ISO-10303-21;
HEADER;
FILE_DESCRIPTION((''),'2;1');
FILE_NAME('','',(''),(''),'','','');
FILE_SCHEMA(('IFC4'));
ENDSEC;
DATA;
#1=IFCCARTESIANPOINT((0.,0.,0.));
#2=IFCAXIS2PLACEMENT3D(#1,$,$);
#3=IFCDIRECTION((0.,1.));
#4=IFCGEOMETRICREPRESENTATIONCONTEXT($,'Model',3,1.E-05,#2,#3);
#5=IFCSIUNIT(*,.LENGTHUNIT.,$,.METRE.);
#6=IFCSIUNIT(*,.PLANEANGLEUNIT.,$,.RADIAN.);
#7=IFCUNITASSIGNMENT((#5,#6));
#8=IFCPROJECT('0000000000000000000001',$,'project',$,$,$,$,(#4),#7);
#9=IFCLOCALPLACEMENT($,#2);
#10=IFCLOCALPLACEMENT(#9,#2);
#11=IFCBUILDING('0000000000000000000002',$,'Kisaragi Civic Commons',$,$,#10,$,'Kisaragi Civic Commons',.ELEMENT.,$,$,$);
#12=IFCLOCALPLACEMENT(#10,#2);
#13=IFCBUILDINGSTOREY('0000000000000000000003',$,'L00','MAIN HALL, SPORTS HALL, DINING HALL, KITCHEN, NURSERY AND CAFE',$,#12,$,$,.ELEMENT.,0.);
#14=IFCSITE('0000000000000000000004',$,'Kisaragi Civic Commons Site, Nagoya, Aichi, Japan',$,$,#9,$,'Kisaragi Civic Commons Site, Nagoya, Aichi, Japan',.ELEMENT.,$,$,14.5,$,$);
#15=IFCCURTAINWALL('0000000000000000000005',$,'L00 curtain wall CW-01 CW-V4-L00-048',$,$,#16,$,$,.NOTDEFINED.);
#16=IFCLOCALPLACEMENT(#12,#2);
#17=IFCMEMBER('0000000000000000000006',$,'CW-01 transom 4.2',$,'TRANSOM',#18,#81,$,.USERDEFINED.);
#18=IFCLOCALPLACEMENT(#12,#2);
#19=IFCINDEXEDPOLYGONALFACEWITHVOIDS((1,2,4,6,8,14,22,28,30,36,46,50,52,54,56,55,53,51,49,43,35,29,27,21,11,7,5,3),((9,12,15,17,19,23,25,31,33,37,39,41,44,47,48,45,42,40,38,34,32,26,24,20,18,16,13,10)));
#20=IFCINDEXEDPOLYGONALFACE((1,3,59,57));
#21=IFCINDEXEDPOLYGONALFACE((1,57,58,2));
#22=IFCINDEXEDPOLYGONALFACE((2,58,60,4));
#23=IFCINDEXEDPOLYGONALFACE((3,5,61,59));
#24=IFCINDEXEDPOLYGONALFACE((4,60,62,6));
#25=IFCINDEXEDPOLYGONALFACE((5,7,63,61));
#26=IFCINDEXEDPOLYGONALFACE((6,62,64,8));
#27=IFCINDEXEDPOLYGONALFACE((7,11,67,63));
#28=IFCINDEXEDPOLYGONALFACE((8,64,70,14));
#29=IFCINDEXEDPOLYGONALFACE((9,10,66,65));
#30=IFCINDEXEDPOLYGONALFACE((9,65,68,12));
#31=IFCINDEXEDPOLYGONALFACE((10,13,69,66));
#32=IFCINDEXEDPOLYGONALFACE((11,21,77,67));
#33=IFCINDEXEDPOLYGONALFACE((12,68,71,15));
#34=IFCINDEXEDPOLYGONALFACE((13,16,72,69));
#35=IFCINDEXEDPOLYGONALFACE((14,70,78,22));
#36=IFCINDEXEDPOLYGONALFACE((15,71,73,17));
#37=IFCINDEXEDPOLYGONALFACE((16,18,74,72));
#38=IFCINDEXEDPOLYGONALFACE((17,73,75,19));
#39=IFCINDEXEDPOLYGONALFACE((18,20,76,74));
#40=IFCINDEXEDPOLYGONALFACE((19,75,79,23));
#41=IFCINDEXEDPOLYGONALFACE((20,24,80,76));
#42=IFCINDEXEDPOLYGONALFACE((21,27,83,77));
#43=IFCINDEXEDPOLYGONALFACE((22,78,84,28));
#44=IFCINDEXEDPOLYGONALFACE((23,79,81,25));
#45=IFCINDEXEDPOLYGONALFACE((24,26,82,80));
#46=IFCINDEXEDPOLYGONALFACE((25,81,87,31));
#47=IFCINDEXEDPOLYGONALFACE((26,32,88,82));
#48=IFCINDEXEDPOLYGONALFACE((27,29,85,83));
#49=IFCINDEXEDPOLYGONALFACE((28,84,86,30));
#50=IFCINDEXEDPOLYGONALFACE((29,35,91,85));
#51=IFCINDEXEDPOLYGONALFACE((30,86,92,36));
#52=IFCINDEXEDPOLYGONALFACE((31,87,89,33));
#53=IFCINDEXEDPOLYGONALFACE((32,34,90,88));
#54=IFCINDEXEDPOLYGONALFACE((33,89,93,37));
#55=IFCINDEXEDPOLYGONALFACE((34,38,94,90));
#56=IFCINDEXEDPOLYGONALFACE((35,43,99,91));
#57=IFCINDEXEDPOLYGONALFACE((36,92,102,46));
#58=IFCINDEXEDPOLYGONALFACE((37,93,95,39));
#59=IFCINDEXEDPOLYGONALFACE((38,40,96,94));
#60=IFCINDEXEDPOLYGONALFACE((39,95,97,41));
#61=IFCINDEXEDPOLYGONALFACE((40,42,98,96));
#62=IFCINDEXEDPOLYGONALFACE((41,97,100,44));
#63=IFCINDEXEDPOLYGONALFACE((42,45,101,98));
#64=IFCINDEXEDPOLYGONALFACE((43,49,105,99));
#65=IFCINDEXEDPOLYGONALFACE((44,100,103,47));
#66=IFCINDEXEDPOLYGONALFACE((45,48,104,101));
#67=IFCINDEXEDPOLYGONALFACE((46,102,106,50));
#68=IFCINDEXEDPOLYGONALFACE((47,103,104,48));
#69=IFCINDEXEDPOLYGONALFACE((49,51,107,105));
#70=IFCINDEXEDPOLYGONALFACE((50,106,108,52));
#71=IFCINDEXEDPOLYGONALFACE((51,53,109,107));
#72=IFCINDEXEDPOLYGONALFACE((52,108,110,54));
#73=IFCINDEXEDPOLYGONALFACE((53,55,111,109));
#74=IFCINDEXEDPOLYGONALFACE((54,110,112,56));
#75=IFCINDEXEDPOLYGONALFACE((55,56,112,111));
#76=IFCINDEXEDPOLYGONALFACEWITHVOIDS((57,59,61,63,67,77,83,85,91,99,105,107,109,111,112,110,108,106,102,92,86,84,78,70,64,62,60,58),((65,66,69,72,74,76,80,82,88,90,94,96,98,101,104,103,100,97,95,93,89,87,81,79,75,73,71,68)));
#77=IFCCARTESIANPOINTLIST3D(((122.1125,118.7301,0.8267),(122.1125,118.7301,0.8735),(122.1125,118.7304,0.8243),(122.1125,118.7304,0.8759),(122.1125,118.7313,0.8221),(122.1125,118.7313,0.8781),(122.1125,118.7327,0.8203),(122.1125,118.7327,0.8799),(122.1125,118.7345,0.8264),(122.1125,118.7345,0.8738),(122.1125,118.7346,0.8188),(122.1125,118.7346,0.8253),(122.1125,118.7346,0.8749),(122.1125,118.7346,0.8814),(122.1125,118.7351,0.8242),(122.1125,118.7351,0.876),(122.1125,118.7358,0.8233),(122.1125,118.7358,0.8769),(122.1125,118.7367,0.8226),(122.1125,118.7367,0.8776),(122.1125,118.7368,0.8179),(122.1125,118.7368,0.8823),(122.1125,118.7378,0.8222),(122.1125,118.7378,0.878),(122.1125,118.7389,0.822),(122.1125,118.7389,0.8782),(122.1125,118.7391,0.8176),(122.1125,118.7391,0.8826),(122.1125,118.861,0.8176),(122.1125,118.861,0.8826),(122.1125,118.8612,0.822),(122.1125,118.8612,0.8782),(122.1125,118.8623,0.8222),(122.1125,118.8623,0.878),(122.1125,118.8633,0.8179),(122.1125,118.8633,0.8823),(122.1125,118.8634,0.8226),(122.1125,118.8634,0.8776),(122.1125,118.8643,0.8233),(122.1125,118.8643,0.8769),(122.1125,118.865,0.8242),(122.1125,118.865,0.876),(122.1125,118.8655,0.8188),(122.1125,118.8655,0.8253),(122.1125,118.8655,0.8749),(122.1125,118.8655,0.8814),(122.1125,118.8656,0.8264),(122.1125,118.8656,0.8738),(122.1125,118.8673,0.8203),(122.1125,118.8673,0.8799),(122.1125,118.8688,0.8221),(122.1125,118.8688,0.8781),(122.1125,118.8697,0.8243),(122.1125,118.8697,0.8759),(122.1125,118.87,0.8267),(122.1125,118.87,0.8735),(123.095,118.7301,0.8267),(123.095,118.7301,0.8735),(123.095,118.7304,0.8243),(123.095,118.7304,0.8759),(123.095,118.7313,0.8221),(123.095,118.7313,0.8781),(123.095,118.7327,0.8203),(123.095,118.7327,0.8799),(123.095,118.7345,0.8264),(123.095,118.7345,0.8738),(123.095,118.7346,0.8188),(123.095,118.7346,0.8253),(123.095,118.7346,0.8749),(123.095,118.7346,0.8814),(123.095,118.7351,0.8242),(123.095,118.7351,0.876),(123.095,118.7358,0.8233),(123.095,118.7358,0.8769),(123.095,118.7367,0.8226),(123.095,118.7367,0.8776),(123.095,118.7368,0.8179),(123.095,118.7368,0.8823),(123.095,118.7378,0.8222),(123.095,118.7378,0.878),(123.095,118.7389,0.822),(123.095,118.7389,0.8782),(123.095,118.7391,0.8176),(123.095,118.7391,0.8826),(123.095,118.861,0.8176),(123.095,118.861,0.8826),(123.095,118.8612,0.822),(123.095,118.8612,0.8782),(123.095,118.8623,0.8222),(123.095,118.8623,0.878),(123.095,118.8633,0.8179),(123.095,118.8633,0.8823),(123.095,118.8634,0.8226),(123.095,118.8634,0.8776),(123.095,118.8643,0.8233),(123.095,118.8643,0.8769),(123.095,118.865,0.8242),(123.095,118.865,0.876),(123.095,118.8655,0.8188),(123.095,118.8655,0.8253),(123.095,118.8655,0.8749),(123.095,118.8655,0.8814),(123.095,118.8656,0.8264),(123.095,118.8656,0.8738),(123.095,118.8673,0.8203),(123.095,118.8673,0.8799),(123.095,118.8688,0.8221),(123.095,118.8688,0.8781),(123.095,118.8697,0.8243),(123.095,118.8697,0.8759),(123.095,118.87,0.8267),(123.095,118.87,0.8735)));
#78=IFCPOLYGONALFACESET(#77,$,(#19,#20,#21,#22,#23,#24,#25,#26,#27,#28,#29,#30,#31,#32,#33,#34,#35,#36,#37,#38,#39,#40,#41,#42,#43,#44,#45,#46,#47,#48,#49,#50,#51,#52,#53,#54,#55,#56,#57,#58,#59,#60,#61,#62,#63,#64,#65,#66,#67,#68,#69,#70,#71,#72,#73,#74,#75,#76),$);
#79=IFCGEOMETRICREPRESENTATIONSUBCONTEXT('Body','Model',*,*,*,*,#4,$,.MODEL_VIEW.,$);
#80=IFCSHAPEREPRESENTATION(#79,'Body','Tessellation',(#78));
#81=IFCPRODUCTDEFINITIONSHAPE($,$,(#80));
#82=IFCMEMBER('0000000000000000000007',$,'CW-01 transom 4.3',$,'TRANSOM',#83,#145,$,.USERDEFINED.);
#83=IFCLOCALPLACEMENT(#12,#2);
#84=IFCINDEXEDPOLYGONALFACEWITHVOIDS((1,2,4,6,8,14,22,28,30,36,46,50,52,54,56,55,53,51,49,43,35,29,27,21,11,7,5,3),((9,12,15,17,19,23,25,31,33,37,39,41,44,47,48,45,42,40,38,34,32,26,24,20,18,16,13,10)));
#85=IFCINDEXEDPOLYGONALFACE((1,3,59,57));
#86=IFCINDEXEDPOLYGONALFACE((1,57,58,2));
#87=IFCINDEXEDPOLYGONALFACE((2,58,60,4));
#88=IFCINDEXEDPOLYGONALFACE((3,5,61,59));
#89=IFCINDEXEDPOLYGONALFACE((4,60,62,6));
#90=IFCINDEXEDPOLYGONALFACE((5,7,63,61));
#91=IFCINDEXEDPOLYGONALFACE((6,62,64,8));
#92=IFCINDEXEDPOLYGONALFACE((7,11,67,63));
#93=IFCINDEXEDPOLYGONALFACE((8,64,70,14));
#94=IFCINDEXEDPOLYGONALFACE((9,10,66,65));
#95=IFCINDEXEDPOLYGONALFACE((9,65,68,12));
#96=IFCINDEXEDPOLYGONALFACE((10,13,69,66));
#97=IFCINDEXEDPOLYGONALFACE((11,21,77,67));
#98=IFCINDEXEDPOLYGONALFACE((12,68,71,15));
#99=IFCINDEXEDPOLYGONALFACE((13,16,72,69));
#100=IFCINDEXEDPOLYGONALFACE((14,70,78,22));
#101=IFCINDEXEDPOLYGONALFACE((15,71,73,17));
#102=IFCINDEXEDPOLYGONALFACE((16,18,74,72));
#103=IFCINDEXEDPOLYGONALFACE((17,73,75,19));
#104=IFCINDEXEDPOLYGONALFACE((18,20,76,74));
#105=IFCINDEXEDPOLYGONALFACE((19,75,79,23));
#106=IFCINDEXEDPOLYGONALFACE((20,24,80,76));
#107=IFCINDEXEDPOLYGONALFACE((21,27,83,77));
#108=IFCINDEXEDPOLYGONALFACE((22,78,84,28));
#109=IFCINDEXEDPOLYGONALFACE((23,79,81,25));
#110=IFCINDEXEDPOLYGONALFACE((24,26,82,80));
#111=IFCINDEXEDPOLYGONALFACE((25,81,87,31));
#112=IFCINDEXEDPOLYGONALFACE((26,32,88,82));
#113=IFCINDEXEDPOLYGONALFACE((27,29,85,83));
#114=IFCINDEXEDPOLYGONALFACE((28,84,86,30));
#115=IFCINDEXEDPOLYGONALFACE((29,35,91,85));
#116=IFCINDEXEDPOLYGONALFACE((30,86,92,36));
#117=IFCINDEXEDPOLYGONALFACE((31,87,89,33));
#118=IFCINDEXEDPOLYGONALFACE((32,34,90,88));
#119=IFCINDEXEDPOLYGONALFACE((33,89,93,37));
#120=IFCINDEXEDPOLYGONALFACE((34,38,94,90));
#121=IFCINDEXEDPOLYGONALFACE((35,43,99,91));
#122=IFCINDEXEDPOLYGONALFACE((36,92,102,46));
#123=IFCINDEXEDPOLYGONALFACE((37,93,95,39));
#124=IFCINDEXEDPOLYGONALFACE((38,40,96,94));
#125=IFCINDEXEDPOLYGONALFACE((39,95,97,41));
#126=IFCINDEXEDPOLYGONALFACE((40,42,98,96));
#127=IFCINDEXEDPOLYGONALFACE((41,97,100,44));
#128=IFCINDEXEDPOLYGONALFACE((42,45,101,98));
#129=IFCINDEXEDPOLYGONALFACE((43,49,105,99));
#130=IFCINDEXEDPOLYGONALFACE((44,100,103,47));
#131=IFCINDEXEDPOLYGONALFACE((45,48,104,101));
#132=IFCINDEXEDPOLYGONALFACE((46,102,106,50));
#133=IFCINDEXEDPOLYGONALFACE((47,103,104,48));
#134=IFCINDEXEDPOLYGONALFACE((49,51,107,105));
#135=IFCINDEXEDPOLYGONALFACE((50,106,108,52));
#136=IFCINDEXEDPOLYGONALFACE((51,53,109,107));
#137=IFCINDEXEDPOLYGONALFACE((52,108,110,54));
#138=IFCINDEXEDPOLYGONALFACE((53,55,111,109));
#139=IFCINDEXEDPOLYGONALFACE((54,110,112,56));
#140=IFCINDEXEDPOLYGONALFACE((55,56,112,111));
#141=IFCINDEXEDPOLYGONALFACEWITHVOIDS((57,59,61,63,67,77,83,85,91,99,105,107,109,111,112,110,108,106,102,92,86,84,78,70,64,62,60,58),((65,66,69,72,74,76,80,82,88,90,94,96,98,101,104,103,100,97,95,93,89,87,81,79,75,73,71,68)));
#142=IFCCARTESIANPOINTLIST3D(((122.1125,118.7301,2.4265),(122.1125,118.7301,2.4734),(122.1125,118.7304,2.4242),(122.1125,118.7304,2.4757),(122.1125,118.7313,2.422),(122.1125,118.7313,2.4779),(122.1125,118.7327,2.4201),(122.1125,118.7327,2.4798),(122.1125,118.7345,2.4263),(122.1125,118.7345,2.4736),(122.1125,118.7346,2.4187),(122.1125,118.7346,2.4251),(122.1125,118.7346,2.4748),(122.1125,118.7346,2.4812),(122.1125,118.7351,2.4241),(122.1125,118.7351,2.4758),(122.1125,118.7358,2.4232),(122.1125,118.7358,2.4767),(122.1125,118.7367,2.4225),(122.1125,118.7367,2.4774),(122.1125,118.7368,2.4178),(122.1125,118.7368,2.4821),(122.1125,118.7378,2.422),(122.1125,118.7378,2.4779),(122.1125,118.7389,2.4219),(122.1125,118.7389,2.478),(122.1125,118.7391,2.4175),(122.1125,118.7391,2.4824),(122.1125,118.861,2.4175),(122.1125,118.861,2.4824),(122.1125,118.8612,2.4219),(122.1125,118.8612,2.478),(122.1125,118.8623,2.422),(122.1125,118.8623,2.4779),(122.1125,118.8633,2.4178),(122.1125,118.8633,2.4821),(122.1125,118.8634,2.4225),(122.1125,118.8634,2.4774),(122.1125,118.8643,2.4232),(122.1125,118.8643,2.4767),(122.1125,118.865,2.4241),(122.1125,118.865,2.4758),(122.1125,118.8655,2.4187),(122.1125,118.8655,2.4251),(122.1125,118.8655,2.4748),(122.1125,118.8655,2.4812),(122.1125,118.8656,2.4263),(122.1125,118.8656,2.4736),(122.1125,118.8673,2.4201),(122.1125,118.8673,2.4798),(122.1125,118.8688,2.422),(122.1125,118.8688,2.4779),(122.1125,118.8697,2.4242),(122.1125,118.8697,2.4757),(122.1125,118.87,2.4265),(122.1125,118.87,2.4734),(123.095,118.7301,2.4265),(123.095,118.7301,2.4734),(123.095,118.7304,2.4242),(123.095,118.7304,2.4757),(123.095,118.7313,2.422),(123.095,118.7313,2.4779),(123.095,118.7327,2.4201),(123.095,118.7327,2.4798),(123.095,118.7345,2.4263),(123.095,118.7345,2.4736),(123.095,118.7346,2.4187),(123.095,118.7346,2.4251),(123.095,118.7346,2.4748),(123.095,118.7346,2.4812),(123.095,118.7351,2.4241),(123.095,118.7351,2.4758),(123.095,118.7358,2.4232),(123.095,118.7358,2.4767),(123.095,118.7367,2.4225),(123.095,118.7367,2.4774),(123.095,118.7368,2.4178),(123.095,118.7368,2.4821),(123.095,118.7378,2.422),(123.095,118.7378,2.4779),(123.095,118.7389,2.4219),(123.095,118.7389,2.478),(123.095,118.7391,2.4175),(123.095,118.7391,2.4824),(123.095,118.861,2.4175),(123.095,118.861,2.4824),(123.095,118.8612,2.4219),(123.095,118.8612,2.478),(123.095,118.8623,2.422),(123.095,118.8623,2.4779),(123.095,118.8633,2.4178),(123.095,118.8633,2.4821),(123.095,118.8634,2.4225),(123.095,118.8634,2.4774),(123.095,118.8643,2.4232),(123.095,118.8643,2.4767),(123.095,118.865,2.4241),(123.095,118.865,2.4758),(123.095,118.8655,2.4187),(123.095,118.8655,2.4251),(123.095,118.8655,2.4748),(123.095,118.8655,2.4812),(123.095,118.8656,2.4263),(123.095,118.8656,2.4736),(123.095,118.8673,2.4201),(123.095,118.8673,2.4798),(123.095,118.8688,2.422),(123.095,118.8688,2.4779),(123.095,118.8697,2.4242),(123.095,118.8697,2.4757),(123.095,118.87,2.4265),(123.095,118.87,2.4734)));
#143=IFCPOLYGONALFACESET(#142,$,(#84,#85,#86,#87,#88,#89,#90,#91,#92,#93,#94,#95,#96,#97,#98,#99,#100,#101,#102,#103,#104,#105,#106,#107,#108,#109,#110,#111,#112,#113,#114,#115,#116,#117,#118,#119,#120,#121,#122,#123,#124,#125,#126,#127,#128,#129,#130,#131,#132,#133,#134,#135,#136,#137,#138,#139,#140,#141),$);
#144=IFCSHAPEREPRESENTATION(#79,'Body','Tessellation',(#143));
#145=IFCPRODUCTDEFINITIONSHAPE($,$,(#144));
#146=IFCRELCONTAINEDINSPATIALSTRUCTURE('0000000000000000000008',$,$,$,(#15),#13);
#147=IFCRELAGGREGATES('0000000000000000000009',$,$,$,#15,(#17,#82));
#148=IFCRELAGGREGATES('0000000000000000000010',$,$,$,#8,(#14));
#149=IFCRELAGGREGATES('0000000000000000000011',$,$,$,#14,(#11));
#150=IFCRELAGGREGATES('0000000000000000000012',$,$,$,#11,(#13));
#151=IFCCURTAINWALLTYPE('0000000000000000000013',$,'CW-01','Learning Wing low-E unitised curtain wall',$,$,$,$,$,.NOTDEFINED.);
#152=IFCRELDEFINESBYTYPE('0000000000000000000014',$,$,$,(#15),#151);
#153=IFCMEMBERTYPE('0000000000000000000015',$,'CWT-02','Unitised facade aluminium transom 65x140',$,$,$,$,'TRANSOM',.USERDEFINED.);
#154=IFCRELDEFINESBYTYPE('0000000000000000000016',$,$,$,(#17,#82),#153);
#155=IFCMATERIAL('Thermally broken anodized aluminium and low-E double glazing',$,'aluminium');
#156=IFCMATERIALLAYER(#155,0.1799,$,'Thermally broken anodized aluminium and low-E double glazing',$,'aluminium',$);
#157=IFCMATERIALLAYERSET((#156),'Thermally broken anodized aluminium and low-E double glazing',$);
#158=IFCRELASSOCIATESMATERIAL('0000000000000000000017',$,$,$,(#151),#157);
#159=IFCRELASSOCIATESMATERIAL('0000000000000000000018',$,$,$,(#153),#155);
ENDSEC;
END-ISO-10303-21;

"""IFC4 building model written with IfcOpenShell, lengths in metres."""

from ifc_helpers import new_model, si_unit, direction, frame, origin, origin_2d, place, context, subcontext, project, spatial, hollow_rectangle, extrude, material, layer, layer_set, material_profile, profile_set, type_object, element, aggregate, save


model = new_model("IFC4")

# Units and contexts
model_context = context("Model", 3, precision=1e-05, world=origin(), true_north=direction((0.0, 1.0)))
body_context = subcontext(model_context, "Body", "Model", "MODEL_VIEW")
ifc_project = project(units=[si_unit("LENGTHUNIT", "METRE"), si_unit("PLANEANGLEUNIT", "RADIAN")], contexts=[model_context])

# Site, building, storey
site_placement = place(None, origin())
site = spatial("IfcSite", under=ifc_project, at=site_placement, Name="Kisaragi Civic Commons Site, Nagoya, Aichi, Japan", LongName="Kisaragi Civic Commons Site, Nagoya, Aichi, Japan", CompositionType="ELEMENT", RefElevation=14.5)
building_placement = place(site_placement, origin())
building = spatial("IfcBuilding", under=site, at=building_placement, Name="Kisaragi Civic Commons", LongName="Kisaragi Civic Commons", CompositionType="ELEMENT")
storey_placement = place(building_placement, origin())
storey = spatial("IfcBuildingStorey", under=building, at=storey_placement, Name="L00", Description="MAIN HALL, SPORTS HALL, DINING HALL, KITCHEN, NURSERY AND CAFE", CompositionType="ELEMENT", Elevation=0.0)

# Curtain wall, members
ifc_material_1 = material(Name="Thermally broken anodized aluminium and low-E double glazing", Category="aluminium")
ifc_layer_1 = layer(ifc_material_1, 0.1799, Name="Thermally broken anodized aluminium and low-E double glazing", Category="aluminium")
ifc_layer_set_1 = layer_set([ifc_layer_1], Name="Thermally broken anodized aluminium and low-E double glazing")
curtain_wall_type = type_object("IfcCurtainWallType", Name="CW-01", Description="Learning Wing low-E unitised curtain wall", PredefinedType="NOTDEFINED", material=ifc_layer_set_1)
curtain_wall_placement = place(storey_placement, origin())
curtain_wall = element("IfcCurtainWall", 1, at=curtain_wall_placement, inside=storey, type_object=curtain_wall_type, Name="L00 curtain wall CW-01 CW-V4-L00-048", PredefinedType="NOTDEFINED")
ifc_material_profile_1 = material_profile(ifc_material_1, hollow_rectangle(XDim=0.1399, YDim=0.0649, WallThickness=0.0044, InnerFilletRadius=0.0044, OuterFilletRadius=0.009, at=origin_2d()), Name="CWT-65x140x4.5", Category="aluminium")
ifc_profile_set_1 = profile_set([ifc_material_profile_1], Name="Thermally broken anodized aluminium and low-E double glazing")
member_type_1 = type_object("IfcMemberType", Name="CWT-02", Description="Unitised facade aluminium transom 65x140", ElementType="TRANSOM", PredefinedType="USERDEFINED", material=ifc_profile_set_1)
member_1_placement = place(storey_placement, frame((122.1125, 118.8, 0.8501), z_axis=(1.0, 0.0, 0.0), x_axis=(0.0, 1.0, 0.0)))
member_1 = element("IfcMember", 2, at=member_1_placement, type_object=member_type_1, Name="CW-01 transom 4.2", ObjectType="TRANSOM", PredefinedType="USERDEFINED", context=body_context, shape_type="SweptSolid", body=[
    extrude(hollow_rectangle(XDim=0.1399, YDim=0.0649, WallThickness=0.0044, InnerFilletRadius=0.0044, OuterFilletRadius=0.009, at=origin_2d()), origin(), (0.0, 0.0, 1.0), 0.9824),
])
member_2_placement = place(storey_placement, frame((122.1125, 118.8, 2.45), z_axis=(1.0, 0.0, 0.0), x_axis=(0.0, 1.0, 0.0)))
member_2 = element("IfcMember", 3, at=member_2_placement, type_object=member_type_1, Name="CW-01 transom 4.3", ObjectType="TRANSOM", PredefinedType="USERDEFINED", context=body_context, shape_type="SweptSolid", body=[
    extrude(hollow_rectangle(XDim=0.1399, YDim=0.0649, WallThickness=0.0044, InnerFilletRadius=0.0044, OuterFilletRadius=0.009, at=origin_2d()), origin(), (0.0, 0.0, 1.0), 0.9824),
])

aggregate(curtain_wall, [member_1, member_2])

save(model, "model.ifc")
